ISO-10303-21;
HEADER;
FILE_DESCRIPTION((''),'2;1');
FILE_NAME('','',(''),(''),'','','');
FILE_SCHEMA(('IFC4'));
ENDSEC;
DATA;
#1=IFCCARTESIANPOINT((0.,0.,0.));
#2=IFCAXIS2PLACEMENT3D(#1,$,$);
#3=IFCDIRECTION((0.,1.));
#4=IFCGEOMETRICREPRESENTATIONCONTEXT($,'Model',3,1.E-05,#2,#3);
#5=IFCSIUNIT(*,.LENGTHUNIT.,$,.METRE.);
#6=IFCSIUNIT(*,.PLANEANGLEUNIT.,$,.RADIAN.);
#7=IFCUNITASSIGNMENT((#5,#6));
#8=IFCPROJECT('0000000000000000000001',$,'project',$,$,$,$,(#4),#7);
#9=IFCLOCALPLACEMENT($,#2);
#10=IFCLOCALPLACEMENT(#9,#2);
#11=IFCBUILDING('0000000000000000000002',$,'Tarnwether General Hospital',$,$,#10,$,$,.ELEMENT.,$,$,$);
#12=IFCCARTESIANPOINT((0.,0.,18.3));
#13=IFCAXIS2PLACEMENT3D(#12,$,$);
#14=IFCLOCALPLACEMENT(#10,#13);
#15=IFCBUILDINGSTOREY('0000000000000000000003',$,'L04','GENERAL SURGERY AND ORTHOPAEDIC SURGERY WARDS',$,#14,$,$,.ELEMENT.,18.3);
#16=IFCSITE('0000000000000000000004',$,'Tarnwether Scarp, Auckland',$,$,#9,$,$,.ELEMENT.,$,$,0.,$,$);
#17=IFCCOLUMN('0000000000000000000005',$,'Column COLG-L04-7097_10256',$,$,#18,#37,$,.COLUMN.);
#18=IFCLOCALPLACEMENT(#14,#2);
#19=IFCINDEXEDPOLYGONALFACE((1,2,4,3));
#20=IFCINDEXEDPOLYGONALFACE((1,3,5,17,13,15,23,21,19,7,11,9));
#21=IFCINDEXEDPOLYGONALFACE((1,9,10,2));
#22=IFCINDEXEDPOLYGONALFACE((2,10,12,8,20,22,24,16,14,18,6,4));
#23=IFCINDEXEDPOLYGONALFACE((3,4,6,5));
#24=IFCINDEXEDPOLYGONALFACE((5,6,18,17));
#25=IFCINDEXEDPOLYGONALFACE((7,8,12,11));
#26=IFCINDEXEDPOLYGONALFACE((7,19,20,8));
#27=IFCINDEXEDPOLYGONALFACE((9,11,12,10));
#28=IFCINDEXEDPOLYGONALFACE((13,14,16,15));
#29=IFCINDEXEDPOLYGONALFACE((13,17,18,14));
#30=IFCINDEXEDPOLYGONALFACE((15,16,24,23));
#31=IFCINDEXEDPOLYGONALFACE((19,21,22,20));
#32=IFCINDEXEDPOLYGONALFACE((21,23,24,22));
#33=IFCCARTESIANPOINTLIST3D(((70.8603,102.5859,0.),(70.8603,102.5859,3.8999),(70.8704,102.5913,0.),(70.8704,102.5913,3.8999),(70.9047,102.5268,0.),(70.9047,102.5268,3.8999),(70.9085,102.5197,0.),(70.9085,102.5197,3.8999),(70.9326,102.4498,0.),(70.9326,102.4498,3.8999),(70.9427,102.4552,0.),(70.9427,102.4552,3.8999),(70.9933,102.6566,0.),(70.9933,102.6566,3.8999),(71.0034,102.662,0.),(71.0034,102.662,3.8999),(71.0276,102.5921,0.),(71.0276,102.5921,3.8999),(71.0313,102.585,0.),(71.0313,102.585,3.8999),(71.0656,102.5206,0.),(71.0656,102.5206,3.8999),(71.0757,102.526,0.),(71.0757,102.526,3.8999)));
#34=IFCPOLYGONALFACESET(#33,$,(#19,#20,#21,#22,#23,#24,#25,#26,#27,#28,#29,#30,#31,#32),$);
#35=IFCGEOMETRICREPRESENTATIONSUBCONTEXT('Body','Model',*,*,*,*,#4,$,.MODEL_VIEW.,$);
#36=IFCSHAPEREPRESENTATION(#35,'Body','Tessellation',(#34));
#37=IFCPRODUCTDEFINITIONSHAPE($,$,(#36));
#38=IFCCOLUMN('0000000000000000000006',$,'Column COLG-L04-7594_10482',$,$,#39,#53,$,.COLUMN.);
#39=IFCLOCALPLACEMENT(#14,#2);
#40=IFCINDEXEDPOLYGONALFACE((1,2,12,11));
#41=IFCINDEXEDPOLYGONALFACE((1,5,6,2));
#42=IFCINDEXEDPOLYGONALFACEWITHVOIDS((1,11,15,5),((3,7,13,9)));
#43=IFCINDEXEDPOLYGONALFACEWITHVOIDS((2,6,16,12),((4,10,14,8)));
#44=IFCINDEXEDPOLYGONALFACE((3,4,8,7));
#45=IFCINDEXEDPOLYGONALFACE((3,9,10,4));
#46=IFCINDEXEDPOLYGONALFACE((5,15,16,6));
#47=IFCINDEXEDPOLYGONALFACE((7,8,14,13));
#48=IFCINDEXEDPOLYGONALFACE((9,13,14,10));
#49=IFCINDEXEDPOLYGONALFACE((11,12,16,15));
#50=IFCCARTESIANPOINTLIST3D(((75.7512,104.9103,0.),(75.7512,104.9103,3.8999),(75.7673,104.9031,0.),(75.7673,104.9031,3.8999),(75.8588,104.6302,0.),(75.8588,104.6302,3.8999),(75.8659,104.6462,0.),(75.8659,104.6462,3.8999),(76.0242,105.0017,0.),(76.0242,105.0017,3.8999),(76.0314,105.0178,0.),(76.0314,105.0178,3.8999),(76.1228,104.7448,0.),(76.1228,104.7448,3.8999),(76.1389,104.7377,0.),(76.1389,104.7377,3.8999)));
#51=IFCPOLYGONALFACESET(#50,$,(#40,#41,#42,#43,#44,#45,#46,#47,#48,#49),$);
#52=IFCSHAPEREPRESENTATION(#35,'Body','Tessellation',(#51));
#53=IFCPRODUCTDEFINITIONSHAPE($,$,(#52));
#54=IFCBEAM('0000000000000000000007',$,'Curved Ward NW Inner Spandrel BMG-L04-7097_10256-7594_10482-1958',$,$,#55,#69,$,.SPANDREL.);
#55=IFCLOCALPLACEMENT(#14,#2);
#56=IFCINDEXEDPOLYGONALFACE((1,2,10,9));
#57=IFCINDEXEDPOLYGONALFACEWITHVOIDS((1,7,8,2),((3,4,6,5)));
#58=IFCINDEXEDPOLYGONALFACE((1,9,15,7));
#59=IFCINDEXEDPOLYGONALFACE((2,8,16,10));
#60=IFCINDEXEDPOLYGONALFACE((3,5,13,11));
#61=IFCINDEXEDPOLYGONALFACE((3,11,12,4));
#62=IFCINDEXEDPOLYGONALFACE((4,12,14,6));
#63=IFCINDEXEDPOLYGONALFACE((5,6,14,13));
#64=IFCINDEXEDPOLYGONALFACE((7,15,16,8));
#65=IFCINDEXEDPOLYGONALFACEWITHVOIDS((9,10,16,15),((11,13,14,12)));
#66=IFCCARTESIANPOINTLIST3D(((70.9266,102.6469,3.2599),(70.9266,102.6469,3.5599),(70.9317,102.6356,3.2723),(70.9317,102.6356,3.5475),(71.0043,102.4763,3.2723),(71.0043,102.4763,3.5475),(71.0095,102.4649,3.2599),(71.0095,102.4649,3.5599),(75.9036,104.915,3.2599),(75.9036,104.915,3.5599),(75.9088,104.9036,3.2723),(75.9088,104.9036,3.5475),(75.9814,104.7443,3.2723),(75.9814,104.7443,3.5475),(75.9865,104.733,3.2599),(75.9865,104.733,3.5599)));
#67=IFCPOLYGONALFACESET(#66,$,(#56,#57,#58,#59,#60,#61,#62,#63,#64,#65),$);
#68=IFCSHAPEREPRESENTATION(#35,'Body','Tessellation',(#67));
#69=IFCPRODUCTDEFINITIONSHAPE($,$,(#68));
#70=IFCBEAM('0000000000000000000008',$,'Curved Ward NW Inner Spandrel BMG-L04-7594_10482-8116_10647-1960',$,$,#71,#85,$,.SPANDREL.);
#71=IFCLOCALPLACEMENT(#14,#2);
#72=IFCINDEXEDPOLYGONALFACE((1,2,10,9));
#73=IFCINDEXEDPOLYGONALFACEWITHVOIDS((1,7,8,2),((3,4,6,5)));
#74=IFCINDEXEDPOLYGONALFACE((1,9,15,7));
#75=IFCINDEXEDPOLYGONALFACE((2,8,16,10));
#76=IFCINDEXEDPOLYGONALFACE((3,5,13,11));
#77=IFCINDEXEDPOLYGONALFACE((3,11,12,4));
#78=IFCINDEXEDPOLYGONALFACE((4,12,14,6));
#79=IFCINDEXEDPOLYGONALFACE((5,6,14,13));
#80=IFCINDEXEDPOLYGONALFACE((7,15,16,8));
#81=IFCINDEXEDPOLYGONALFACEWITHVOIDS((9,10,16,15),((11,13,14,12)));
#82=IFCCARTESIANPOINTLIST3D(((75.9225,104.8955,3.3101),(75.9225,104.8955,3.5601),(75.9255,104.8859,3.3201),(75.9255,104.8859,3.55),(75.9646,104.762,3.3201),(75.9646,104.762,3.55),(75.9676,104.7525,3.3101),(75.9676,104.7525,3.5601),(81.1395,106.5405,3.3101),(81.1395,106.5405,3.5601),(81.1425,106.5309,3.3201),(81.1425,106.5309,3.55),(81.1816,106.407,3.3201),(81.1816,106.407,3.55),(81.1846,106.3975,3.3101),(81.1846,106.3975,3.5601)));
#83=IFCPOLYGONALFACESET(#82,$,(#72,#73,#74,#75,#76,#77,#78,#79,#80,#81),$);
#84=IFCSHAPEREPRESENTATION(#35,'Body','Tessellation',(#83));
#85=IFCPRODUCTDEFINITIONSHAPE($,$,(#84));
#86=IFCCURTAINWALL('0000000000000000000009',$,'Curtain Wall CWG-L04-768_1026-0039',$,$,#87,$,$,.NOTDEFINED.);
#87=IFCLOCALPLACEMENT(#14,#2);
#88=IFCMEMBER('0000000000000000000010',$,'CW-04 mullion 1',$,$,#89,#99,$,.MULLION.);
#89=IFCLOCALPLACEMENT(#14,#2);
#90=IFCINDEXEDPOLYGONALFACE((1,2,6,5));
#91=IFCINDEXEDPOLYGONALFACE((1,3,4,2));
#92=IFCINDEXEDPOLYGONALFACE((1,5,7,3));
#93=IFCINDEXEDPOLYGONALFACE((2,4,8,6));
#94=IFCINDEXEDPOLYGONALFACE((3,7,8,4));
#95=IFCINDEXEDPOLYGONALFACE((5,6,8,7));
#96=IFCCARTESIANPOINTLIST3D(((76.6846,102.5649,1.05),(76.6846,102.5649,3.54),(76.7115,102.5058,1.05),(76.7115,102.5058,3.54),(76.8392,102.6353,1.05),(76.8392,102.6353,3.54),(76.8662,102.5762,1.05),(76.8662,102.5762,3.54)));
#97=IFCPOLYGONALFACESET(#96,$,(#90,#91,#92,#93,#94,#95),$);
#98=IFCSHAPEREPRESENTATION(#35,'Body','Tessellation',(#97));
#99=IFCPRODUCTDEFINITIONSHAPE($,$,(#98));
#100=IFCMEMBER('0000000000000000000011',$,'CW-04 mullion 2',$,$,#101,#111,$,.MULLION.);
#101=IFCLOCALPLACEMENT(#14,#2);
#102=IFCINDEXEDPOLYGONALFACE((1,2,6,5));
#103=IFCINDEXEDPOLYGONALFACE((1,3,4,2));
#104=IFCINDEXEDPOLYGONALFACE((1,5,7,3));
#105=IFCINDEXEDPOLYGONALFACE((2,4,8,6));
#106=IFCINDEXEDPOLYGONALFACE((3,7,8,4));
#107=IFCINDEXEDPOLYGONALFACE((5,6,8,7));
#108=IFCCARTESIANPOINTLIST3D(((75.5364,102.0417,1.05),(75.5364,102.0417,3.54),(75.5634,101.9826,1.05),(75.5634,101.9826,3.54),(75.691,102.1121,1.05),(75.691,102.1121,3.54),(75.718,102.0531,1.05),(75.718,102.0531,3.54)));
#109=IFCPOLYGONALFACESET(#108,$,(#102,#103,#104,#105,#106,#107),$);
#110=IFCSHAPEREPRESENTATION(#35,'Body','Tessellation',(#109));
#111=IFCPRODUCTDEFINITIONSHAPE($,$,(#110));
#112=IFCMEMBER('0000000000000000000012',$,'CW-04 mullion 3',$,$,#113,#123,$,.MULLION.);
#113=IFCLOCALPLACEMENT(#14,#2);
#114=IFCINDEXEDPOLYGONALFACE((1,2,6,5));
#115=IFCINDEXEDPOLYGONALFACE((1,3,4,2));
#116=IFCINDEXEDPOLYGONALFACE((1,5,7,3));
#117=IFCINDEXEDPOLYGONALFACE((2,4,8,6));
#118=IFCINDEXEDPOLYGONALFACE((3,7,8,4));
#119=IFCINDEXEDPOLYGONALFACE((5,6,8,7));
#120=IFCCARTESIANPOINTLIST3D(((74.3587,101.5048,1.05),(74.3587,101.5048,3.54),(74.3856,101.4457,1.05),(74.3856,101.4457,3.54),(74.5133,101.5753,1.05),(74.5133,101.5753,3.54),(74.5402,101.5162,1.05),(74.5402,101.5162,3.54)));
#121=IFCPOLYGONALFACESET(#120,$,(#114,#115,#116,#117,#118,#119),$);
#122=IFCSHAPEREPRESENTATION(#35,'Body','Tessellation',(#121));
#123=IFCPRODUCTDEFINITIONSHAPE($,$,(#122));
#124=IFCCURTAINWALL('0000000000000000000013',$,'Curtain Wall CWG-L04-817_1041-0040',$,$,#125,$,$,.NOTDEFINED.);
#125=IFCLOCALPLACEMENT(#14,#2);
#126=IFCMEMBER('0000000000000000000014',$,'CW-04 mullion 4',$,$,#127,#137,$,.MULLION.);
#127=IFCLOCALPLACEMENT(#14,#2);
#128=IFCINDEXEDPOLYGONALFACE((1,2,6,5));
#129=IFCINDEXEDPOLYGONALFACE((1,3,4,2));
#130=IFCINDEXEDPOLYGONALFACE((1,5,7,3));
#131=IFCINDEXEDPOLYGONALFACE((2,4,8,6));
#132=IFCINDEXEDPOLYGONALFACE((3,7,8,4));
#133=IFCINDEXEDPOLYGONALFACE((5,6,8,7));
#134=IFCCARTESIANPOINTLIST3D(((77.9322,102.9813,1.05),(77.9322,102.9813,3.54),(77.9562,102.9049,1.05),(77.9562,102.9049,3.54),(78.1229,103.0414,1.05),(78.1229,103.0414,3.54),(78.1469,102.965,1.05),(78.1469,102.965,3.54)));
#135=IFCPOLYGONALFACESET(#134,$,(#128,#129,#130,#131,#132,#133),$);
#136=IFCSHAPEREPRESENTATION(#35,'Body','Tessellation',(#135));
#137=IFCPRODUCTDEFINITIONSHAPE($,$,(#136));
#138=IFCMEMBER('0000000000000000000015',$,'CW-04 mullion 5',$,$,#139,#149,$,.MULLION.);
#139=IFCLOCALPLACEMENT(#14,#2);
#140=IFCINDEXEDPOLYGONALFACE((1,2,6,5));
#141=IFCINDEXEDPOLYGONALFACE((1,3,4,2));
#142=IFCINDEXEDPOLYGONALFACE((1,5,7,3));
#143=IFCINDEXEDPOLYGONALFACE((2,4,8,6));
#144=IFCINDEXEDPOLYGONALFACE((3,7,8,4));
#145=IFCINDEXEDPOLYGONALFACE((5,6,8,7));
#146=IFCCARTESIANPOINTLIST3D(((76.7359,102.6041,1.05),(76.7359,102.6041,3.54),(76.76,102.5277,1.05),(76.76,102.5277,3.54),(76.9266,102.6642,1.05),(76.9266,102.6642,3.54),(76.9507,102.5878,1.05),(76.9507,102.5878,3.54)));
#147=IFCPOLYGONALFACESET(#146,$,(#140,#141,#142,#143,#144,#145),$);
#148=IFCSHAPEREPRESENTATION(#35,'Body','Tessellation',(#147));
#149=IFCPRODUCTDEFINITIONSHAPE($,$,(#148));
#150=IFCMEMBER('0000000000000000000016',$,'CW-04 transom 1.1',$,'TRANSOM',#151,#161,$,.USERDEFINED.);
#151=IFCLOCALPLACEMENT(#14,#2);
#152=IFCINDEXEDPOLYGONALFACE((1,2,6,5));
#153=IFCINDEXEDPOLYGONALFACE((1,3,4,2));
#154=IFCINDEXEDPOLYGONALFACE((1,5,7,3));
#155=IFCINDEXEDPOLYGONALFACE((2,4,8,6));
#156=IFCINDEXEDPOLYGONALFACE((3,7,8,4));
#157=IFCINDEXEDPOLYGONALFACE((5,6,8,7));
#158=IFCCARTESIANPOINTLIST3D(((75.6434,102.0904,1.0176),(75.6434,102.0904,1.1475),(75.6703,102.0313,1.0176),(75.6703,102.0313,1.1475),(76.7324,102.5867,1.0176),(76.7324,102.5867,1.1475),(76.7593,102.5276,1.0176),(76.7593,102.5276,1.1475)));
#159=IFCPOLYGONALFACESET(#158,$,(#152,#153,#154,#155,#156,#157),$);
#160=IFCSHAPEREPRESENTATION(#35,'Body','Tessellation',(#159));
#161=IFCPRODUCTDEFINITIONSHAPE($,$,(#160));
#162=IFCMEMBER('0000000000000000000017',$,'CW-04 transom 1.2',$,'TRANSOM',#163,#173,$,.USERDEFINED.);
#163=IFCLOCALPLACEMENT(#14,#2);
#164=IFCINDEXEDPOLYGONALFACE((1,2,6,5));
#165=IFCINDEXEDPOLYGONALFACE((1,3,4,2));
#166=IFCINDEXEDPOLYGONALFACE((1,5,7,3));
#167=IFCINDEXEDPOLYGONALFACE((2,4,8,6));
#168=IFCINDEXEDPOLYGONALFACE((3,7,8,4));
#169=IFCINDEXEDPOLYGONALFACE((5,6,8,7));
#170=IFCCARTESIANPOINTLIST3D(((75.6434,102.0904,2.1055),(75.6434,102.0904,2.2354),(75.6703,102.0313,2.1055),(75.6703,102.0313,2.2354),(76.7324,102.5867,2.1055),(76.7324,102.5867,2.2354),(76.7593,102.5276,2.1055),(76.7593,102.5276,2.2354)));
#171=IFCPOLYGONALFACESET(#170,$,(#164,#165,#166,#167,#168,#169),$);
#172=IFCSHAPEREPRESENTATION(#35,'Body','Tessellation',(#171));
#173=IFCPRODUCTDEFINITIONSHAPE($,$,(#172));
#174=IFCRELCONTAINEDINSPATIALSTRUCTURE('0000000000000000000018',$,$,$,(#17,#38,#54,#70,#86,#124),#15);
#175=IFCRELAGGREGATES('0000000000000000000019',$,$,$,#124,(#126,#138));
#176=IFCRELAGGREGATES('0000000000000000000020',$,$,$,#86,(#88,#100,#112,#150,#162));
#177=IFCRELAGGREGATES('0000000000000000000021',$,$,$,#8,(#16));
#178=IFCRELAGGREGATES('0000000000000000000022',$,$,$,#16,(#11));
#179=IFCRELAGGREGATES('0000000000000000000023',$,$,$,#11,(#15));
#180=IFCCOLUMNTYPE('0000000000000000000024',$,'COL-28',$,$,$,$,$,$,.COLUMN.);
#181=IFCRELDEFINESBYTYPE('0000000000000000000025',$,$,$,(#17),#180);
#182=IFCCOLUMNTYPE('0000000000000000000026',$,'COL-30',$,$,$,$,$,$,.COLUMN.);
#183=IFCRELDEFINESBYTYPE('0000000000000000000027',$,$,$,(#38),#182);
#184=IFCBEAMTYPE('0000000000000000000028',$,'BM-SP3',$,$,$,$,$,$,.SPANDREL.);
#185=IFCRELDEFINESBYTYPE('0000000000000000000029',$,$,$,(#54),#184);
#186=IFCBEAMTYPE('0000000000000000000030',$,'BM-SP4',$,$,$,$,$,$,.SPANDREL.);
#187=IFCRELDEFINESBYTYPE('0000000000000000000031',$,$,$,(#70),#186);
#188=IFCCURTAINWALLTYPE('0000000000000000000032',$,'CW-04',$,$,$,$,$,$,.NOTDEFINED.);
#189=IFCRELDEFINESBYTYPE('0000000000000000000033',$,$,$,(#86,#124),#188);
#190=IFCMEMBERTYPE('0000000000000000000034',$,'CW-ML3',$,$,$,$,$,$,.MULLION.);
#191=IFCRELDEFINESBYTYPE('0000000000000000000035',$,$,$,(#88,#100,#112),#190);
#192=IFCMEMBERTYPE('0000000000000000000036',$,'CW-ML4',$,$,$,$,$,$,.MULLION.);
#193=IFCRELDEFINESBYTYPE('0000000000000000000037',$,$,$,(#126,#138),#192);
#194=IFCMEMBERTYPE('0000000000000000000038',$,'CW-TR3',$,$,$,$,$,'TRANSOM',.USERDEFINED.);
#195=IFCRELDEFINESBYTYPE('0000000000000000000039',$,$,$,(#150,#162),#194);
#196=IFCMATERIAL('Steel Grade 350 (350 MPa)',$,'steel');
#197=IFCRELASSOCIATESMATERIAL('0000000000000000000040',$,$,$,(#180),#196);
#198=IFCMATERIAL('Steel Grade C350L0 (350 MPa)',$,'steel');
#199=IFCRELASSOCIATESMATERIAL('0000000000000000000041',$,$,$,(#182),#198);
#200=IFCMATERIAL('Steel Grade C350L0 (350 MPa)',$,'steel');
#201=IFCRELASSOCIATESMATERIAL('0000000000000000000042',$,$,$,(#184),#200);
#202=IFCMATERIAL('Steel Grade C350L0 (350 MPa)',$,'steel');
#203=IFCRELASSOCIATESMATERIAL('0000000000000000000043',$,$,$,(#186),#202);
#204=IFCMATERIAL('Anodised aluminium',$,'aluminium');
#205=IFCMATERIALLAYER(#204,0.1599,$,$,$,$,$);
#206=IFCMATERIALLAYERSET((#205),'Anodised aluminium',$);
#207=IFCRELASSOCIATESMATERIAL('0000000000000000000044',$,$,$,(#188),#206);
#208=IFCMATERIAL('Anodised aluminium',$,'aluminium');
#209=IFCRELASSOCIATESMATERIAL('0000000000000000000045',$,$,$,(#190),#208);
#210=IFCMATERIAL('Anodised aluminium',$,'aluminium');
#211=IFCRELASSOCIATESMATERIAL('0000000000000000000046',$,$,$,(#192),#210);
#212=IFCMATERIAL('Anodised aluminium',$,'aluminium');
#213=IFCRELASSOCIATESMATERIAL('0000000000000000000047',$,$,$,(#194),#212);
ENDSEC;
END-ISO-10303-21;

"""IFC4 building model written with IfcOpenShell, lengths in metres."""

from ifc_helpers import new_model, si_unit, direction, frame, origin, origin_2d, place, context, subcontext, project, spatial, rectangle, hollow_rectangle, i_section, extrude, material, layer, layer_set, material_profile, profile_set, type_object, element, aggregate, save


model = new_model("IFC4")

# Units and contexts
model_context = context("Model", 3, precision=1e-05, world=origin(), true_north=direction((0.0, 1.0)))
body_context = subcontext(model_context, "Body", "Model", "MODEL_VIEW")
ifc_project = project(units=[si_unit("LENGTHUNIT", "METRE"), si_unit("PLANEANGLEUNIT", "RADIAN")], contexts=[model_context])

# Site, building, storey
site_placement = place(None, origin())
site = spatial("IfcSite", under=ifc_project, at=site_placement, Name="Tarnwether Scarp, Auckland", CompositionType="ELEMENT", RefElevation=0.0)
building_placement = place(site_placement, origin())
building = spatial("IfcBuilding", under=site, at=building_placement, Name="Tarnwether General Hospital", CompositionType="ELEMENT")
storey_placement = place(building_placement, frame((0.0, 0.0, 18.3)))
storey = spatial("IfcBuildingStorey", under=building, at=storey_placement, Name="L04", Description="GENERAL SURGERY AND ORTHOPAEDIC SURGERY WARDS", CompositionType="ELEMENT", Elevation=18.3)

# Columns
ifc_material_1 = material(Name="Steel Grade 350 (350 MPa)", Category="steel")
ifc_material_profile_1 = material_profile(ifc_material_1, i_section(OverallWidth=0.1541, OverallDepth=0.1621, WebThickness=0.0081, FlangeThickness=0.0115, at=origin_2d()), Name="150UC37.2")
ifc_profile_set_1 = profile_set([ifc_material_profile_1], Name="Steel Grade 350 (350 MPa)")
column_type_1 = type_object("IfcColumnType", Name="COL-28", PredefinedType="COLUMN", material=ifc_profile_set_1)
column_1_placement = place(storey_placement, frame((70.968, 102.5559, 0.0), z_axis=(0.0, 0.0, 1.0), x_axis=(-0.469472, 0.882948, 0.0)))
element("IfcColumn", 1, at=column_1_placement, inside=storey, type_object=column_type_1, Name="Column COLG-L04-7097_10256", PredefinedType="COLUMN", context=body_context, shape_type="SweptSolid", body=[
    extrude(i_section(OverallWidth=0.1541, OverallDepth=0.1621, WebThickness=0.0081, FlangeThickness=0.0115, at=origin_2d()), origin(), (0.0, 0.0, 1.0), 3.8999),
])
ifc_material_2 = material(Name="Steel Grade C350L0 (350 MPa)", Category="steel")
ifc_material_profile_2 = material_profile(ifc_material_2, hollow_rectangle(XDim=0.3, YDim=0.3, WallThickness=0.0125, at=origin_2d()), Name="SHS300x300x12.5")
ifc_profile_set_2 = profile_set([ifc_material_profile_2], Name="Steel Grade C350L0 (350 MPa)")
column_type_2 = type_object("IfcColumnType", Name="COL-30", PredefinedType="COLUMN", material=ifc_profile_set_2)
column_2_placement = place(storey_placement, frame((75.9451, 104.824, 0.0), z_axis=(0.0, 0.0, 1.0), x_axis=(-0.358368, 0.93358, 0.0)))
element("IfcColumn", 2, at=column_2_placement, inside=storey, type_object=column_type_2, Name="Column COLG-L04-7594_10482", PredefinedType="COLUMN", context=body_context, shape_type="SweptSolid", body=[
    extrude(hollow_rectangle(XDim=0.3, YDim=0.3, WallThickness=0.0125, at=origin_2d()), origin(), (0.0, 0.0, 1.0), 3.8999),
])

# Beams
ifc_material_3 = material(Name="Steel Grade C350L0 (350 MPa)", Category="steel")
ifc_material_profile_3 = material_profile(ifc_material_3, hollow_rectangle(XDim=0.2, YDim=0.3, WallThickness=0.0125, at=origin_2d()), Name="RHS300x200x12.5")
ifc_profile_set_3 = profile_set([ifc_material_profile_3], Name="Steel Grade C350L0 (350 MPa)")
beam_type_1 = type_object("IfcBeamType", Name="BM-SP3", PredefinedType="SPANDREL", material=ifc_profile_set_3)
beam_1_placement = place(storey_placement, frame((70.968, 102.5559, 3.4099), z_axis=(0.909969, 0.414677, 0.0), x_axis=(-0.414677, 0.909969, 0.0)))
element("IfcBeam", 3, at=beam_1_placement, inside=storey, type_object=beam_type_1, Name="Curved Ward NW Inner Spandrel BMG-L04-7097_10256-7594_10482-1958", PredefinedType="SPANDREL", context=body_context, shape_type="SweptSolid", body=[
    extrude(hollow_rectangle(XDim=0.2, YDim=0.3, WallThickness=0.0125, at=origin_2d()), origin(), (0.0, 0.0, 1.0), 5.4695),
])
ifc_material_4 = material(Name="Steel Grade C350L0 (350 MPa)", Category="steel")
ifc_material_profile_4 = material_profile(ifc_material_4, hollow_rectangle(XDim=0.1499, YDim=0.25, WallThickness=0.01, at=origin_2d()), Name="RHS250x150x10")
ifc_profile_set_4 = profile_set([ifc_material_profile_4], Name="Steel Grade C350L0 (350 MPa)")
beam_type_2 = type_object("IfcBeamType", Name="BM-SP4", PredefinedType="SPANDREL", material=ifc_profile_set_4)
beam_2_placement = place(storey_placement, frame((75.9451, 104.824, 3.4351), z_axis=(0.953712, 0.300721, 0.0), x_axis=(-0.300721, 0.953712, 0.0)))
element("IfcBeam", 4, at=beam_2_placement, inside=storey, type_object=beam_type_2, Name="Curved Ward NW Inner Spandrel BMG-L04-7594_10482-8116_10647-1960", PredefinedType="SPANDREL", context=body_context, shape_type="SweptSolid", body=[
    extrude(hollow_rectangle(XDim=0.1499, YDim=0.25, WallThickness=0.01, at=origin_2d()), origin(), (0.0, 0.0, 1.0), 5.4702),
])

# Curtain walls, members
ifc_material_5 = material(Name="Anodised aluminium", Category="aluminium")
ifc_layer_1 = layer(ifc_material_5, 0.1599)
ifc_layer_set_1 = layer_set([ifc_layer_1], Name="Anodised aluminium")
curtain_wall_type = type_object("IfcCurtainWallType", Name="CW-04", PredefinedType="NOTDEFINED", material=ifc_layer_set_1)
curtain_wall_1_placement = place(storey_placement, origin())
curtain_wall_1 = element("IfcCurtainWall", 5, at=curtain_wall_1_placement, inside=storey, type_object=curtain_wall_type, Name="Curtain Wall CWG-L04-768_1026-0039", PredefinedType="NOTDEFINED")
ifc_material_6 = material(Name="Anodised aluminium", Category="aluminium")
ifc_material_profile_5 = material_profile(ifc_material_6, rectangle(XDim=0.0649, YDim=0.1699, at=origin_2d()), Name="ALU-MUL-65x170")
ifc_profile_set_5 = profile_set([ifc_material_profile_5], Name="Anodised aluminium")
member_type_1 = type_object("IfcMemberType", Name="CW-ML3", PredefinedType="MULLION", material=ifc_profile_set_5)
member_1_placement = place(storey_placement, frame((76.7754, 102.5706, 1.05), z_axis=(0.0, 0.0, 1.0), x_axis=(0.414705, -0.909956, 0.0)))
member_1 = element("IfcMember", 6, at=member_1_placement, type_object=member_type_1, Name="CW-04 mullion 1", PredefinedType="MULLION", context=body_context, shape_type="SweptSolid", body=[
    extrude(rectangle(XDim=0.0649, YDim=0.1699, at=origin_2d()), origin(), (0.0, 0.0, 1.0), 2.49),
])
member_2_placement = place(storey_placement, frame((75.6272, 102.0474, 1.05), z_axis=(0.0, 0.0, 1.0), x_axis=(0.414705, -0.909956, 0.0)))
member_2 = element("IfcMember", 7, at=member_2_placement, type_object=member_type_1, Name="CW-04 mullion 2", PredefinedType="MULLION", context=body_context, shape_type="SweptSolid", body=[
    extrude(rectangle(XDim=0.0649, YDim=0.1699, at=origin_2d()), origin(), (0.0, 0.0, 1.0), 2.49),
])
member_3_placement = place(storey_placement, frame((74.4495, 101.5105, 1.05), z_axis=(0.0, 0.0, 1.0), x_axis=(0.414705, -0.909956, 0.0)))
member_3 = element("IfcMember", 8, at=member_3_placement, type_object=member_type_1, Name="CW-04 mullion 3", PredefinedType="MULLION", context=body_context, shape_type="SweptSolid", body=[
    extrude(rectangle(XDim=0.0649, YDim=0.1699, at=origin_2d()), origin(), (0.0, 0.0, 1.0), 2.49),
])
curtain_wall_2_placement = place(storey_placement, origin())
curtain_wall_2 = element("IfcCurtainWall", 9, at=curtain_wall_2_placement, inside=storey, type_object=curtain_wall_type, Name="Curtain Wall CWG-L04-817_1041-0040", PredefinedType="NOTDEFINED")
ifc_material_7 = material(Name="Anodised aluminium", Category="aluminium")
ifc_material_profile_6 = material_profile(ifc_material_7, rectangle(XDim=0.0801, YDim=0.2, at=origin_2d()), Name="ALU-MUL-80x200")
ifc_profile_set_6 = profile_set([ifc_material_profile_6], Name="Anodised aluminium")
member_type_2 = type_object("IfcMemberType", Name="CW-ML4", PredefinedType="MULLION", material=ifc_profile_set_6)
member_4_placement = place(storey_placement, frame((78.0396, 102.9731, 1.05), z_axis=(0.0, 0.0, 1.0), x_axis=(0.300715, -0.953714, 0.0)))
member_4 = element("IfcMember", 10, at=member_4_placement, type_object=member_type_2, Name="CW-04 mullion 4", PredefinedType="MULLION", context=body_context, shape_type="SweptSolid", body=[
    extrude(rectangle(XDim=0.0801, YDim=0.2, at=origin_2d()), origin(), (0.0, 0.0, 1.0), 2.49),
])
member_5_placement = place(storey_placement, frame((76.8433, 102.5959, 1.05), z_axis=(0.0, 0.0, 1.0), x_axis=(0.300715, -0.953714, 0.0)))
member_5 = element("IfcMember", 11, at=member_5_placement, type_object=member_type_2, Name="CW-04 mullion 5", PredefinedType="MULLION", context=body_context, shape_type="SweptSolid", body=[
    extrude(rectangle(XDim=0.0801, YDim=0.2, at=origin_2d()), origin(), (0.0, 0.0, 1.0), 2.49),
])

# Members
ifc_material_8 = material(Name="Anodised aluminium", Category="aluminium")
ifc_material_profile_7 = material_profile(ifc_material_8, rectangle(XDim=0.0649, YDim=0.1299, at=origin_2d()), Name="ALU-TRN-65x130")
ifc_profile_set_7 = profile_set([ifc_material_profile_7], Name="Anodised aluminium")
member_type_3 = type_object("IfcMemberType", Name="CW-TR3", ElementType="TRANSOM", PredefinedType="USERDEFINED", material=ifc_profile_set_7)
member_6_placement = place(storey_placement, frame((76.7458, 102.5571, 1.0825), z_axis=(-0.909961, -0.414694, 0.0), x_axis=(0.414694, -0.909961, 0.0)))
member_6 = element("IfcMember", 12, at=member_6_placement, type_object=member_type_3, Name="CW-04 transom 1.1", ObjectType="TRANSOM", PredefinedType="USERDEFINED", context=body_context, shape_type="SweptSolid", body=[
    extrude(rectangle(XDim=0.0649, YDim=0.1299, at=origin_2d()), origin(), (0.0, 0.0, 1.0), 1.1968),
])
member_7_placement = place(storey_placement, frame((76.7458, 102.5571, 2.1704), z_axis=(-0.909961, -0.414694, 0.0), x_axis=(0.414694, -0.909961, 0.0)))
member_7 = element("IfcMember", 13, at=member_7_placement, type_object=member_type_3, Name="CW-04 transom 1.2", ObjectType="TRANSOM", PredefinedType="USERDEFINED", context=body_context, shape_type="SweptSolid", body=[
    extrude(rectangle(XDim=0.0649, YDim=0.1299, at=origin_2d()), origin(), (0.0, 0.0, 1.0), 1.1968),
])

aggregate(curtain_wall_2, [member_4, member_5])
aggregate(curtain_wall_1, [member_1, member_2, member_3, member_6, member_7])

save(model, "model.ifc")
